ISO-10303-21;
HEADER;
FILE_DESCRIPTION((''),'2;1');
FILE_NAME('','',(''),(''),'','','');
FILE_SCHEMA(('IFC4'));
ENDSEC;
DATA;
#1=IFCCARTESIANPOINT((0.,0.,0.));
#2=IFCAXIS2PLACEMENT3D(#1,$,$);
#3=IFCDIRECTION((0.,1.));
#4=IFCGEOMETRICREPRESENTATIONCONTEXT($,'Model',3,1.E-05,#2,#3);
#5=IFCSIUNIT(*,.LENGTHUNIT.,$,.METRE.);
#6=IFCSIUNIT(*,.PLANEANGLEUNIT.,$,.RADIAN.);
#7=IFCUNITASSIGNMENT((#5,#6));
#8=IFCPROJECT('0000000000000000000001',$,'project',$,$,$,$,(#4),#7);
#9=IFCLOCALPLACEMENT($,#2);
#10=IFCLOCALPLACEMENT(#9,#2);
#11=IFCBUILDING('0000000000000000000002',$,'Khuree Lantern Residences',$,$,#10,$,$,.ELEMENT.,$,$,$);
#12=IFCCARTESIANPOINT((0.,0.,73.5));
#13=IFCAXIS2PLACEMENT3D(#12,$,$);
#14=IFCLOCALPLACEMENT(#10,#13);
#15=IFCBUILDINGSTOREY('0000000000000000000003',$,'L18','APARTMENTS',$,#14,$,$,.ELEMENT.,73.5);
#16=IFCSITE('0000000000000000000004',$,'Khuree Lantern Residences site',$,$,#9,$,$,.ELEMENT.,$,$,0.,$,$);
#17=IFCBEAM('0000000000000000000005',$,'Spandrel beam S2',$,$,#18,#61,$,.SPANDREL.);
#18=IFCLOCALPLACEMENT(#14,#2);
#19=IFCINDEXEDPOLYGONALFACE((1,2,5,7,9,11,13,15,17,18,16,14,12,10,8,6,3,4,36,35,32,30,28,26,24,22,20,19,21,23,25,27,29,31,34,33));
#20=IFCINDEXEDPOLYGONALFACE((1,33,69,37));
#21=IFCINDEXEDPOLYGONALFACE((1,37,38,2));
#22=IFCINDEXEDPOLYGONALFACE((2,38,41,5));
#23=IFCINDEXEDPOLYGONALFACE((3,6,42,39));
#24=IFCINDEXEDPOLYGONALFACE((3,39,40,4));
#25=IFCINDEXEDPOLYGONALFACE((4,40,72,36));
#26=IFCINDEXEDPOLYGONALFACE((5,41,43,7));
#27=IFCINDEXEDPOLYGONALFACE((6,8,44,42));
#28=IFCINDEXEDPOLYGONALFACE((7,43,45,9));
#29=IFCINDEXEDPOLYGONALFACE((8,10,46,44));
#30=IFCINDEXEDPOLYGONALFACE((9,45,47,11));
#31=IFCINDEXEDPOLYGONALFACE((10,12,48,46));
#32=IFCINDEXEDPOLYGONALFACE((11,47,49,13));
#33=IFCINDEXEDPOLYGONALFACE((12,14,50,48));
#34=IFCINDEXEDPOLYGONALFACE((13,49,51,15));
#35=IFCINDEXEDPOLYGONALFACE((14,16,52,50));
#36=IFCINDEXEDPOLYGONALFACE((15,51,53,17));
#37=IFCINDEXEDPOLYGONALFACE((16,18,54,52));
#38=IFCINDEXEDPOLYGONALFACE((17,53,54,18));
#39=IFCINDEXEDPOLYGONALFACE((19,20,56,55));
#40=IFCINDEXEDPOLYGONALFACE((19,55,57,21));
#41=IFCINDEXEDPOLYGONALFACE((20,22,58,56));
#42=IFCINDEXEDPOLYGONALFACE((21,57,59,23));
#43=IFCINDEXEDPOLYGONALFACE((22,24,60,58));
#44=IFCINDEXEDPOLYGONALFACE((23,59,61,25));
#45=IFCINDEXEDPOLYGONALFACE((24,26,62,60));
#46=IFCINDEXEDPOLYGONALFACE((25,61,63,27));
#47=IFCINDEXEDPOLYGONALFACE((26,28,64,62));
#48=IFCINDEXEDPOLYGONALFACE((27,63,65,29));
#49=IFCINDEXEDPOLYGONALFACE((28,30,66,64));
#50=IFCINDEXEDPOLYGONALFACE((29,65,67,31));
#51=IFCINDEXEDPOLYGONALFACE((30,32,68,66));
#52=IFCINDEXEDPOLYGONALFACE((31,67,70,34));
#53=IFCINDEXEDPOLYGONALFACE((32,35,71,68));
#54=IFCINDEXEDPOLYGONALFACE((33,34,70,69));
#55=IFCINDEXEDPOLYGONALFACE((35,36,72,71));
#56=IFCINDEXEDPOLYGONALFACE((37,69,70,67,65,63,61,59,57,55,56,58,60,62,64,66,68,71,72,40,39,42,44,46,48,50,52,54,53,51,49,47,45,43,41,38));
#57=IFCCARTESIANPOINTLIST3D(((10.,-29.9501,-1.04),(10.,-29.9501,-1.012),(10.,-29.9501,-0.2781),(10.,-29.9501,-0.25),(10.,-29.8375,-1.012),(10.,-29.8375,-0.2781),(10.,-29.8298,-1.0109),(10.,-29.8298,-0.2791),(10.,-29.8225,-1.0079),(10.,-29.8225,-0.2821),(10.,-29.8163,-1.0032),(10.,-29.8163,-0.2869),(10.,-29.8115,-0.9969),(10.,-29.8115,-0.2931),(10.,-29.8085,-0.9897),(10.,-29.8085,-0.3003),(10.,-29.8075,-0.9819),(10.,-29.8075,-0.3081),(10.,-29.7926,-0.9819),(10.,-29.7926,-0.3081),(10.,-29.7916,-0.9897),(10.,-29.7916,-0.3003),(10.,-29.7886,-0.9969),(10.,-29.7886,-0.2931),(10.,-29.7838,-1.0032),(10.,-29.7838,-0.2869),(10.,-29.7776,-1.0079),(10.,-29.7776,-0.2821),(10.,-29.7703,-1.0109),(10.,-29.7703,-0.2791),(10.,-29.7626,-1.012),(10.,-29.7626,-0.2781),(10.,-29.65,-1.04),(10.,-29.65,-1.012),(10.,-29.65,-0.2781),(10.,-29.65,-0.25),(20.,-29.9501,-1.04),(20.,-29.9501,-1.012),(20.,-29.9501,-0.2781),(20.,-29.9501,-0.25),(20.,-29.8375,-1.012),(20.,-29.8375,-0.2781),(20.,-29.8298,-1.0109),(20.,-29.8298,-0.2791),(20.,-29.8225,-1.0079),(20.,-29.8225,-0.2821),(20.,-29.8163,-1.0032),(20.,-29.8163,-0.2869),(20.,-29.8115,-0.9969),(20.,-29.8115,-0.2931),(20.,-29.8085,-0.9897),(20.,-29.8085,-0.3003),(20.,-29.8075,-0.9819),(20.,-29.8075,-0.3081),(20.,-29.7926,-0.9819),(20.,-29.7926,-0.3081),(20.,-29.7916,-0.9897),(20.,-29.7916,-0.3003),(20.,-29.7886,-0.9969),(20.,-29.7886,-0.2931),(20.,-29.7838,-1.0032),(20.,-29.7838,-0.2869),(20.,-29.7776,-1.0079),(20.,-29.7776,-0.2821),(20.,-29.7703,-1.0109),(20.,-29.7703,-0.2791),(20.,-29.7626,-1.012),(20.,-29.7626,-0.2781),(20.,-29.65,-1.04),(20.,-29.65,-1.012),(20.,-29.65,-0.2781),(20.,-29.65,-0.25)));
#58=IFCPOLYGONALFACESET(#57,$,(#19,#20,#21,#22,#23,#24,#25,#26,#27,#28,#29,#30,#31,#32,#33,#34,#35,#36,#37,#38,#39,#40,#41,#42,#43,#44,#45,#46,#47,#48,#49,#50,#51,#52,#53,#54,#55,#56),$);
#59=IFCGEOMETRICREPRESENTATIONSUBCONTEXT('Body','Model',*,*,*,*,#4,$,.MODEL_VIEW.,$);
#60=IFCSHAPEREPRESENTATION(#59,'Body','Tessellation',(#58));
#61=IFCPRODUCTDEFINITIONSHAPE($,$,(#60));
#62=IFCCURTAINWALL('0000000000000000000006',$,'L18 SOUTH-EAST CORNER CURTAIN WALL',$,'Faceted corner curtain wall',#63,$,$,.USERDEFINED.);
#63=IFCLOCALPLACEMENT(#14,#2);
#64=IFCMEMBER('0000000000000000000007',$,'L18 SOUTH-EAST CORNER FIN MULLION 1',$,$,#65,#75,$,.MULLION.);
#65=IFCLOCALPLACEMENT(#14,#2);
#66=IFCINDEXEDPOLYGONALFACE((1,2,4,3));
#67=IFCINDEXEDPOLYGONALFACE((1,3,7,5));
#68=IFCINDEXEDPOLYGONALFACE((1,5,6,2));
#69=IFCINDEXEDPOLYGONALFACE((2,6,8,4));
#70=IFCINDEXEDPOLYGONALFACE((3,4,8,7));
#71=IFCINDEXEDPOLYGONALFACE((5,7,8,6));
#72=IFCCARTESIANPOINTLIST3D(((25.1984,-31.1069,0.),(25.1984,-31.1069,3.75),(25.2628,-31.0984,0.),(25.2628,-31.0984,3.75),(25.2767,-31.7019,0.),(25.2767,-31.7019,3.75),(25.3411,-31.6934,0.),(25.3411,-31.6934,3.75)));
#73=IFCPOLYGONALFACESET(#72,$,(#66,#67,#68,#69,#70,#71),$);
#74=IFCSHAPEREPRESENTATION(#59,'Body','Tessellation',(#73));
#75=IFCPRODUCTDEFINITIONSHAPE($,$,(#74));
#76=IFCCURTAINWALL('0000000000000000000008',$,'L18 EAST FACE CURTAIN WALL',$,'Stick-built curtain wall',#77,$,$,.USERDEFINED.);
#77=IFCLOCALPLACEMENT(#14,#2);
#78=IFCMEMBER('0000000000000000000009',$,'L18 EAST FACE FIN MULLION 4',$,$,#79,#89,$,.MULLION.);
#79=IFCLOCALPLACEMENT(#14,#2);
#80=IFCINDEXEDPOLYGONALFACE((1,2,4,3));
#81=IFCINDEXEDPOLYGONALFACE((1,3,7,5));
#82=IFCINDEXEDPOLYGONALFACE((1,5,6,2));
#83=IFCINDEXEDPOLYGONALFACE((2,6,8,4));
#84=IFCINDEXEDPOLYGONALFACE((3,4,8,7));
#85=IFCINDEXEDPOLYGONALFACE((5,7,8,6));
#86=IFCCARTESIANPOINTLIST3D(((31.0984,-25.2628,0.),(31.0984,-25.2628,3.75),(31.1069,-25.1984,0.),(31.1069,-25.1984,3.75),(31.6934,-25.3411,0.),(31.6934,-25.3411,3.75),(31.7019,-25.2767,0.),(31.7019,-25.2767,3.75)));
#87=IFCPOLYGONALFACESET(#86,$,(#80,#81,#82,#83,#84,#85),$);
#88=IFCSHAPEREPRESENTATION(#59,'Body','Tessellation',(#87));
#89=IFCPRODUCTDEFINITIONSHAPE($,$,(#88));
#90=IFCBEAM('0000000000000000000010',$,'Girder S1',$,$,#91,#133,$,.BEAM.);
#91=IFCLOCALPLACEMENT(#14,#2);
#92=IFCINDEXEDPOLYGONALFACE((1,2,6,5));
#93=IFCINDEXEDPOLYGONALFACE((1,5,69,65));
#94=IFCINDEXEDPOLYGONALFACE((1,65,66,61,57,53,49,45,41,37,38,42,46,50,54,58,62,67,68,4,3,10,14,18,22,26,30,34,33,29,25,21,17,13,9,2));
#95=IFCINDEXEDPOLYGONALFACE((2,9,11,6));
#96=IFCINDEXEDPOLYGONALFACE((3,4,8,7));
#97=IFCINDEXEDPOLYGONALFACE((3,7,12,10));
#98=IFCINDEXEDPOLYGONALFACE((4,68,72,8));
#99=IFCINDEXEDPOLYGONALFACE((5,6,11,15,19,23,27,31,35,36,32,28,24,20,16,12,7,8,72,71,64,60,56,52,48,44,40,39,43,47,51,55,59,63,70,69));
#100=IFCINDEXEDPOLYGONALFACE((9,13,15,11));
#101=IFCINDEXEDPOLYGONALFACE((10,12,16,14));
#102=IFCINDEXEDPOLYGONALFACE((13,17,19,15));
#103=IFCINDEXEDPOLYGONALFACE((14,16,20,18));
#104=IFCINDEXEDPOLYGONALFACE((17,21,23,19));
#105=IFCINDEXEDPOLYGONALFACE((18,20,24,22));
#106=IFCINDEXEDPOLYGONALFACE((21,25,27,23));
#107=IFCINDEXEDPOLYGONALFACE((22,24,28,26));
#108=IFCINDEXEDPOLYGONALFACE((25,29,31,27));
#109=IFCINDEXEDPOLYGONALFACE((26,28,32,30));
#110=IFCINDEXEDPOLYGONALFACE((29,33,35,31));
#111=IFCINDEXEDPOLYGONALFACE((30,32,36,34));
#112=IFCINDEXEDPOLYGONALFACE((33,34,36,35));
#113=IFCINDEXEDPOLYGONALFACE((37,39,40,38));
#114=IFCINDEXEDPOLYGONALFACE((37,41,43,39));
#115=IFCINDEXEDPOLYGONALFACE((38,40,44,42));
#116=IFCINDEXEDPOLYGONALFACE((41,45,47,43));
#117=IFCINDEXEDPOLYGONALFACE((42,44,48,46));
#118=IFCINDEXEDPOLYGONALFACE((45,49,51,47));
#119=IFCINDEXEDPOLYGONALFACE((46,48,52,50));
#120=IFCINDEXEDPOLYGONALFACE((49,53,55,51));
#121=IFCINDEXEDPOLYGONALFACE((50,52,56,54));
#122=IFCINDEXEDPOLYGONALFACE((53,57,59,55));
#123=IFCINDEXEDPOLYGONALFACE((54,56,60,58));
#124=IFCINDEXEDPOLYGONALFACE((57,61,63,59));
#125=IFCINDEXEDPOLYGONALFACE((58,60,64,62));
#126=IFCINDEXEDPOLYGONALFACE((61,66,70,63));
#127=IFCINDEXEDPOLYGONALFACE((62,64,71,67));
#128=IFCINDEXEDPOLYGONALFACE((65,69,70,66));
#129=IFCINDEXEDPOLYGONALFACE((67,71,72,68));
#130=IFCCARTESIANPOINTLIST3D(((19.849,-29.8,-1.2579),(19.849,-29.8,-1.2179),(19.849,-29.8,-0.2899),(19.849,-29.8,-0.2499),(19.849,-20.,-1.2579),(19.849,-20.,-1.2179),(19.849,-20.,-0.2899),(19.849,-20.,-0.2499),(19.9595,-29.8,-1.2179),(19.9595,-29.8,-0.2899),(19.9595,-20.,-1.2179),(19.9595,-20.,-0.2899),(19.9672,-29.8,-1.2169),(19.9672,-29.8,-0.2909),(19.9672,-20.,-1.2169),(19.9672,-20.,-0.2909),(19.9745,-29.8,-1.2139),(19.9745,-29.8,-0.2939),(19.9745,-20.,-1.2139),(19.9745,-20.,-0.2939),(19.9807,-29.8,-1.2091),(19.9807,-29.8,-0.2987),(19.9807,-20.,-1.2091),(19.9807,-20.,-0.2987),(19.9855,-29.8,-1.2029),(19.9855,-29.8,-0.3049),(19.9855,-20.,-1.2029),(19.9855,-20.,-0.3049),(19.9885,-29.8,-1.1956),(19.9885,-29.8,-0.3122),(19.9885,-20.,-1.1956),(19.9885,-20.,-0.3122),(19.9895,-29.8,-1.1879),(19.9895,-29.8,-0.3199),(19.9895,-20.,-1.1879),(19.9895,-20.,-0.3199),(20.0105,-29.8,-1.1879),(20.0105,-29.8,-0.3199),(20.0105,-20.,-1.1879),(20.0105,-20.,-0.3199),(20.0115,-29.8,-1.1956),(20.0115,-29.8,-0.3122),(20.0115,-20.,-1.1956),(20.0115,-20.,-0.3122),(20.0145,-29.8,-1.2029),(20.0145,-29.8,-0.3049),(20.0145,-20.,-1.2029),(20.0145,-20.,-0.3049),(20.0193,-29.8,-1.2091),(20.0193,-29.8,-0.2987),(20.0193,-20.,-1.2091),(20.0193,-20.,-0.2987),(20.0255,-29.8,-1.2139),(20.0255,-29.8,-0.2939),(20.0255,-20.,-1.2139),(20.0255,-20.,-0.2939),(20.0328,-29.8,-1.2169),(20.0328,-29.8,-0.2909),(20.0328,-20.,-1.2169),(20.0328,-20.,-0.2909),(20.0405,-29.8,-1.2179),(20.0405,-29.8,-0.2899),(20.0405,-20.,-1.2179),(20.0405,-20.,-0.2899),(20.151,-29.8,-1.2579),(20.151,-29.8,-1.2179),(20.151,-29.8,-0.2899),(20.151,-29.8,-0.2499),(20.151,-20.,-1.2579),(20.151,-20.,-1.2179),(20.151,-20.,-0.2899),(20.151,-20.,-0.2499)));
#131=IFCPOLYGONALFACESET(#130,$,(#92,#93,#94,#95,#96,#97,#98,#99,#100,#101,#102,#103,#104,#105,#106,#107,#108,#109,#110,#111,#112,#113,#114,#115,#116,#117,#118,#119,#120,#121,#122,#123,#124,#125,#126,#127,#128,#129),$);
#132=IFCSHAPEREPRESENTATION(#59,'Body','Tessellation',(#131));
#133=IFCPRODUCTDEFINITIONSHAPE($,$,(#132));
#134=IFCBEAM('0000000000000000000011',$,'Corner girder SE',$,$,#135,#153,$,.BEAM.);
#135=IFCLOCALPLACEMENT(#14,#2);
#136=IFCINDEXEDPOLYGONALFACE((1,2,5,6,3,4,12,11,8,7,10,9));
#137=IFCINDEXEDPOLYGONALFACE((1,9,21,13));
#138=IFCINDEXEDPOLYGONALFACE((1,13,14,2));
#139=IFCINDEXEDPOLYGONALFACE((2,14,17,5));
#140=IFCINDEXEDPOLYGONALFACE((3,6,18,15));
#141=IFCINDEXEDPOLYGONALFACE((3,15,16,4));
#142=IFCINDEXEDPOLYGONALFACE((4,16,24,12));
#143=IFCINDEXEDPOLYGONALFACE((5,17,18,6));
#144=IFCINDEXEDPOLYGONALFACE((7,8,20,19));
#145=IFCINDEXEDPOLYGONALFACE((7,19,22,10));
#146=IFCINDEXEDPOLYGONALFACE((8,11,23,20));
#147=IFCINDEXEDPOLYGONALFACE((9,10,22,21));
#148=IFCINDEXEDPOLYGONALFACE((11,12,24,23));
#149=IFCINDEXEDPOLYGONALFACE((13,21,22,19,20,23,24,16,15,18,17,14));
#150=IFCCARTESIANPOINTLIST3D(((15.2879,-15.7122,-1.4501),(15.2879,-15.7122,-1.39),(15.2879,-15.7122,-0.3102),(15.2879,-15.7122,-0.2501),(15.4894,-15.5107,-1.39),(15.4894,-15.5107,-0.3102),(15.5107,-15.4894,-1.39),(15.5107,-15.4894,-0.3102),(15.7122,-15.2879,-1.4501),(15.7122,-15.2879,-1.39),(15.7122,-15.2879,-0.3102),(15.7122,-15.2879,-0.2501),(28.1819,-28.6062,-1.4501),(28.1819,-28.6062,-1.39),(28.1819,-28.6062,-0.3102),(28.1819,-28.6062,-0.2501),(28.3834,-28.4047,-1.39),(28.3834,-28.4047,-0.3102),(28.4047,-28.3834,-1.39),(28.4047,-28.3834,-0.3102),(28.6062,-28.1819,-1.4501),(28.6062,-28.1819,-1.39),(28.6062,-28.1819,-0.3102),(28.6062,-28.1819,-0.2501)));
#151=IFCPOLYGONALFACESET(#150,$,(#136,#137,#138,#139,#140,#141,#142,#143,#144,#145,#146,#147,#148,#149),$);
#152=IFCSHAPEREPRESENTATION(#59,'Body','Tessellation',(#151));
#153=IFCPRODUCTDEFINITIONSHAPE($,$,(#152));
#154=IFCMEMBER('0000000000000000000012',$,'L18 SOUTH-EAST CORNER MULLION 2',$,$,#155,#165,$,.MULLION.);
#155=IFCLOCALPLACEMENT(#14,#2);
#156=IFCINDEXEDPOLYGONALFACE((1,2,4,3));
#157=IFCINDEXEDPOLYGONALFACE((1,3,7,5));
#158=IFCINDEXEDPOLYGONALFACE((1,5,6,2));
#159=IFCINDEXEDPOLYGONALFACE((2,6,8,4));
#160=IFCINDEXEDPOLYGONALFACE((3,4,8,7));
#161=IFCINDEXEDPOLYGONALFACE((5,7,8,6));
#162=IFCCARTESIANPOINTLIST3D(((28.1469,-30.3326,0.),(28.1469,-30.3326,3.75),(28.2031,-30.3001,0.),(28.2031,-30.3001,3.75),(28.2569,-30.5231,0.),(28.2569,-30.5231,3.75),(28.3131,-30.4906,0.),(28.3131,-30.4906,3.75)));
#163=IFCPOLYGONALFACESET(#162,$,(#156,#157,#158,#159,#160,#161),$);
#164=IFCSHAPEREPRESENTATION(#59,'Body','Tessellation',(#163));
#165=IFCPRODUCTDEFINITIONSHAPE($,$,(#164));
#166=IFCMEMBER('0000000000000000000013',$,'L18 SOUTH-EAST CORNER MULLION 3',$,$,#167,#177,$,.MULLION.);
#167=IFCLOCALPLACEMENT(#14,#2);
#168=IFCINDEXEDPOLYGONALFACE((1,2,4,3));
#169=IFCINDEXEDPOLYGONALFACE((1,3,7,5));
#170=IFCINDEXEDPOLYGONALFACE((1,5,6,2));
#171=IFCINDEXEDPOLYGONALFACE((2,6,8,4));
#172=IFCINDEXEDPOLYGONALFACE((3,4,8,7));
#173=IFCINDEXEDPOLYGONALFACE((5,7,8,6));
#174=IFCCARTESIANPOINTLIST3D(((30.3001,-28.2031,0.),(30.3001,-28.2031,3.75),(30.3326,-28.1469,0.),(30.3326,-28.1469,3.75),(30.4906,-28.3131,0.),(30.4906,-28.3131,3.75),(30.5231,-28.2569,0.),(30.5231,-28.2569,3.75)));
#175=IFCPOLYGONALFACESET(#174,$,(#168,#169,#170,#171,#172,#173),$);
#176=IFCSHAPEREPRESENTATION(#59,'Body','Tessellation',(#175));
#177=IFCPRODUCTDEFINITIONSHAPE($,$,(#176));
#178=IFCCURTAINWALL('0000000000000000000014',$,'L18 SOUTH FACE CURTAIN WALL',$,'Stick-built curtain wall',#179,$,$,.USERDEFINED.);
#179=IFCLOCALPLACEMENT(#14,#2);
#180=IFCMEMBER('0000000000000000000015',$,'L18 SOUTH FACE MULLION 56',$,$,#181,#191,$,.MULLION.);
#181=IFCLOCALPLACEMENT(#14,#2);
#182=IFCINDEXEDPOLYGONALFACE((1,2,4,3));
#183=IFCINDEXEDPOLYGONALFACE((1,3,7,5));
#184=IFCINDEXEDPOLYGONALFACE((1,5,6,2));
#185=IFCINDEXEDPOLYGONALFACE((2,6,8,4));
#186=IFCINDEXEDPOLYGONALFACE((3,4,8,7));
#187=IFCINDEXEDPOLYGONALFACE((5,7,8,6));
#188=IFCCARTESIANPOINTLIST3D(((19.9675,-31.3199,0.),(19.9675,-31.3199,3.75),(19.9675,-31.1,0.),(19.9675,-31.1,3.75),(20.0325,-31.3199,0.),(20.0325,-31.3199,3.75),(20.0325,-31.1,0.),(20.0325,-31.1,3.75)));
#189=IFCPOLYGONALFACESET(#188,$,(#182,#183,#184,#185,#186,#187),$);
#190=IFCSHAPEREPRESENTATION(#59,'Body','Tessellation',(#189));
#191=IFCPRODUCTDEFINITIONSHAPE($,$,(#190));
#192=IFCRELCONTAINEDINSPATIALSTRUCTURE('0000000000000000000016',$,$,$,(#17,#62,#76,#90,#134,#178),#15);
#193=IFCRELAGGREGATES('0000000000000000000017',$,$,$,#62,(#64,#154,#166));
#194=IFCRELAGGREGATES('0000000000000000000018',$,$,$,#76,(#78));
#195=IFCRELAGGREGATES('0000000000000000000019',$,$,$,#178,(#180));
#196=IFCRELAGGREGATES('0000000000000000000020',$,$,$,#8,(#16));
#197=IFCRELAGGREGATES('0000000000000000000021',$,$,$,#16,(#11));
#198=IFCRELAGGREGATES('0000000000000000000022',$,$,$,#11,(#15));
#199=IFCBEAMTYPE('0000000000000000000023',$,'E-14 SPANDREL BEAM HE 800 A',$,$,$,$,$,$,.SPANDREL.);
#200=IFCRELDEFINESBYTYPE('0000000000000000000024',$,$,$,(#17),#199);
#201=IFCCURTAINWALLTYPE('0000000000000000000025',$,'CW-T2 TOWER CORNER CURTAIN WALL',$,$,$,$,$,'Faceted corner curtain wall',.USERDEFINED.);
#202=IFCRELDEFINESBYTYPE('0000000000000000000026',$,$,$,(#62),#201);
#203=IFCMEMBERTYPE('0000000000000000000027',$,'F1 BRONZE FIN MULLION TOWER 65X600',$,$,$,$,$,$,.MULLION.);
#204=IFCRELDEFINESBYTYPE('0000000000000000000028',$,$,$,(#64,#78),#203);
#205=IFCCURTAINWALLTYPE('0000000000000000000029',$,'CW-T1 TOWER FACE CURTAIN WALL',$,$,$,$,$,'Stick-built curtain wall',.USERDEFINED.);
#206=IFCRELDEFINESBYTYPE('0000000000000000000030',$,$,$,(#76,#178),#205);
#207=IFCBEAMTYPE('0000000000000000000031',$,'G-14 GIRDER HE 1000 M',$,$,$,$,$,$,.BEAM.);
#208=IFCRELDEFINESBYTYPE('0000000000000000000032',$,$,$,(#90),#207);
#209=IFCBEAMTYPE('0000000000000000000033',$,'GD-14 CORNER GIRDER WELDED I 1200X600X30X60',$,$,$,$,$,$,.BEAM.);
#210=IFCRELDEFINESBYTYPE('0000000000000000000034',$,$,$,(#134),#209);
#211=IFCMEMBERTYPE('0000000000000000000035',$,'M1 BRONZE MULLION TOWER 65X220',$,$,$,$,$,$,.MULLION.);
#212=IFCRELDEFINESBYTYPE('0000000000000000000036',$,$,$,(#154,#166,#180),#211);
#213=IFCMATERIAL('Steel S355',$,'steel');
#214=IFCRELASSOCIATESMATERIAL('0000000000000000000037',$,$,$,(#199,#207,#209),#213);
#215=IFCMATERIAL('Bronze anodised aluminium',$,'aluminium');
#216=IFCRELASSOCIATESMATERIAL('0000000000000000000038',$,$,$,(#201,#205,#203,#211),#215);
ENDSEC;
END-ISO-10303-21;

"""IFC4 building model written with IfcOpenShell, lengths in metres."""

from ifc_helpers import new_model, si_unit, direction, frame, origin, origin_2d, place, context, subcontext, project, spatial, rectangle, i_section, extrude, material, material_profile, profile_set, type_object, element, aggregate, save


model = new_model("IFC4")

# Units and contexts
model_context = context("Model", 3, precision=1e-05, world=origin(), true_north=direction((0.0, 1.0)))
body_context = subcontext(model_context, "Body", "Model", "MODEL_VIEW")
ifc_project = project(units=[si_unit("LENGTHUNIT", "METRE"), si_unit("PLANEANGLEUNIT", "RADIAN")], contexts=[model_context])

# Site, building, storey
site_placement = place(None, origin())
site = spatial("IfcSite", under=ifc_project, at=site_placement, Name="Khuree Lantern Residences site", CompositionType="ELEMENT", RefElevation=0.0)
building_placement = place(site_placement, origin())
building = spatial("IfcBuilding", under=site, at=building_placement, Name="Khuree Lantern Residences", CompositionType="ELEMENT")
storey_placement = place(building_placement, frame((0.0, 0.0, 73.5)))
storey = spatial("IfcBuildingStorey", under=building, at=storey_placement, Name="L18", Description="APARTMENTS", CompositionType="ELEMENT", Elevation=73.5)

# Beam
ifc_material_1 = material(Name="Steel S355", Category="steel")
ifc_material_profile_1 = material_profile(ifc_material_1, i_section(OverallWidth=0.3, OverallDepth=0.79, WebThickness=0.0149, FlangeThickness=0.0281, FilletRadius=0.03, at=origin_2d()), Name="HE 800 A")
ifc_profile_set_1 = profile_set([ifc_material_profile_1], Name="Steel S355")
beam_type_1 = type_object("IfcBeamType", Name="E-14 SPANDREL BEAM HE 800 A", PredefinedType="SPANDREL", material=ifc_profile_set_1)
beam_1_placement = place(storey_placement, frame((20.0, -29.8, -0.645), z_axis=(-1.0, 0.0, 0.0), x_axis=(0.0, -1.0, 0.0)))
element("IfcBeam", 1, at=beam_1_placement, inside=storey, type_object=beam_type_1, Name="Spandrel beam S2", PredefinedType="SPANDREL", context=body_context, shape_type="SweptSolid", body=[
    extrude(i_section(OverallWidth=0.3, OverallDepth=0.79, WebThickness=0.0149, FlangeThickness=0.0281, FilletRadius=0.03, at=origin_2d()), origin(), (0.0, 0.0, 1.0), 10.0),
])

# Curtain walls, members
ifc_material_2 = material(Name="Bronze anodised aluminium", Category="aluminium")
curtain_wall_type_1 = type_object("IfcCurtainWallType", Name="CW-T2 TOWER CORNER CURTAIN WALL", ElementType="Faceted corner curtain wall", PredefinedType="USERDEFINED", material=ifc_material_2)
curtain_wall_1_placement = place(storey_placement, origin())
curtain_wall_1 = element("IfcCurtainWall", 2, at=curtain_wall_1_placement, inside=storey, type_object=curtain_wall_type_1, Name="L18 SOUTH-EAST CORNER CURTAIN WALL", ObjectType="Faceted corner curtain wall", PredefinedType="USERDEFINED")
ifc_material_profile_2 = material_profile(ifc_material_2, rectangle(XDim=0.0649, YDim=0.6001, at=origin_2d()), Name="F1 65X600")
ifc_profile_set_2 = profile_set([ifc_material_profile_2], Name="Bronze anodised aluminium")
member_type_1 = type_object("IfcMemberType", Name="F1 BRONZE FIN MULLION TOWER 65X600", PredefinedType="MULLION", material=ifc_profile_set_2)
member_1_placement = place(storey_placement, frame((25.2698, -31.4001, 0.0), z_axis=(0.0, 0.0, 1.0), x_axis=(0.991445, 0.130526, 0.0)))
member_1 = element("IfcMember", 3, at=member_1_placement, type_object=member_type_1, Name="L18 SOUTH-EAST CORNER FIN MULLION 1", PredefinedType="MULLION", context=body_context, shape_type="SweptSolid", body=[
    extrude(rectangle(XDim=0.0649, YDim=0.6001, at=origin_2d()), origin(), (0.0, 0.0, 1.0), 3.75),
])
curtain_wall_type_2 = type_object("IfcCurtainWallType", Name="CW-T1 TOWER FACE CURTAIN WALL", ElementType="Stick-built curtain wall", PredefinedType="USERDEFINED", material=ifc_material_2)
curtain_wall_2_placement = place(storey_placement, origin())
curtain_wall_2 = element("IfcCurtainWall", 4, at=curtain_wall_2_placement, inside=storey, type_object=curtain_wall_type_2, Name="L18 EAST FACE CURTAIN WALL", ObjectType="Stick-built curtain wall", PredefinedType="USERDEFINED")
member_2_placement = place(storey_placement, frame((31.4001, -25.2698, 0.0), z_axis=(0.0, 0.0, 1.0), x_axis=(0.130526, 0.991445, 0.0)))
member_2 = element("IfcMember", 5, at=member_2_placement, type_object=member_type_1, Name="L18 EAST FACE FIN MULLION 4", PredefinedType="MULLION", context=body_context, shape_type="SweptSolid", body=[
    extrude(rectangle(XDim=0.0649, YDim=0.6001, at=origin_2d()), origin(), (0.0, 0.0, 1.0), 3.75),
])

# Beams
ifc_material_profile_3 = material_profile(ifc_material_1, i_section(OverallWidth=0.302, OverallDepth=1.0081, WebThickness=0.021, FlangeThickness=0.04, FilletRadius=0.03, at=origin_2d()), Name="HE 1000 M")
ifc_profile_set_3 = profile_set([ifc_material_profile_3], Name="Steel S355")
beam_type_2 = type_object("IfcBeamType", Name="G-14 GIRDER HE 1000 M", PredefinedType="BEAM", material=ifc_profile_set_3)
beam_2_placement = place(storey_placement, frame((20.0, -29.8, -0.7539), z_axis=(0.0, 1.0, 0.0), x_axis=(-1.0, 0.0, 0.0)))
element("IfcBeam", 6, at=beam_2_placement, inside=storey, type_object=beam_type_2, Name="Girder S1", PredefinedType="BEAM", context=body_context, shape_type="SweptSolid", body=[
    extrude(i_section(OverallWidth=0.302, OverallDepth=1.0081, WebThickness=0.021, FlangeThickness=0.04, FilletRadius=0.03, at=origin_2d()), origin(), (0.0, 0.0, 1.0), 9.8),
])
ifc_material_profile_4 = material_profile(ifc_material_1, i_section(OverallWidth=0.6001, OverallDepth=1.2, WebThickness=0.03, FlangeThickness=0.0601, at=origin_2d()), Name="WELDED I 1200X600X30X60")
ifc_profile_set_4 = profile_set([ifc_material_profile_4], Name="Steel S355")
beam_type_3 = type_object("IfcBeamType", Name="GD-14 CORNER GIRDER WELDED I 1200X600X30X60", PredefinedType="BEAM", material=ifc_profile_set_4)
beam_3_placement = place(storey_placement, frame((28.394, -28.394, -0.8501), z_axis=(-0.707107, 0.707107, 0.0), x_axis=(-0.707107, -0.707107, 0.0)))
element("IfcBeam", 7, at=beam_3_placement, inside=storey, type_object=beam_type_3, Name="Corner girder SE", PredefinedType="BEAM", context=body_context, shape_type="SweptSolid", body=[
    extrude(i_section(OverallWidth=0.6001, OverallDepth=1.2, WebThickness=0.03, FlangeThickness=0.0601, at=origin_2d()), origin(), (0.0, 0.0, 1.0), 18.2349),
])

# Members
ifc_material_profile_5 = material_profile(ifc_material_2, rectangle(XDim=0.0649, YDim=0.22, at=origin_2d()), Name="M1 65X220")
ifc_profile_set_5 = profile_set([ifc_material_profile_5], Name="Bronze anodised aluminium")
member_type_2 = type_object("IfcMemberType", Name="M1 BRONZE MULLION TOWER 65X220", PredefinedType="MULLION", material=ifc_profile_set_5)
member_3_placement = place(storey_placement, frame((28.23, -30.4116, 0.0), z_axis=(0.0, 0.0, 1.0), x_axis=(0.866025, 0.5, 0.0)))
member_3 = element("IfcMember", 8, at=member_3_placement, type_object=member_type_2, Name="L18 SOUTH-EAST CORNER MULLION 2", PredefinedType="MULLION", context=body_context, shape_type="SweptSolid", body=[
    extrude(rectangle(XDim=0.0649, YDim=0.22, at=origin_2d()), origin(), (0.0, 0.0, 1.0), 3.75),
])
member_4_placement = place(storey_placement, frame((30.4116, -28.23, 0.0), z_axis=(0.0, 0.0, 1.0), x_axis=(0.5, 0.866025, 0.0)))
member_4 = element("IfcMember", 9, at=member_4_placement, type_object=member_type_2, Name="L18 SOUTH-EAST CORNER MULLION 3", PredefinedType="MULLION", context=body_context, shape_type="SweptSolid", body=[
    extrude(rectangle(XDim=0.0649, YDim=0.22, at=origin_2d()), origin(), (0.0, 0.0, 1.0), 3.75),
])

# Curtain wall, member
curtain_wall_3_placement = place(storey_placement, origin())
curtain_wall_3 = element("IfcCurtainWall", 10, at=curtain_wall_3_placement, inside=storey, type_object=curtain_wall_type_2, Name="L18 SOUTH FACE CURTAIN WALL", ObjectType="Stick-built curtain wall", PredefinedType="USERDEFINED")
member_5_placement = place(storey_placement, frame((20.0, -31.21, 0.0), z_axis=(0.0, 0.0, 1.0), x_axis=(1.0, 0.0, 0.0)))
member_5 = element("IfcMember", 11, at=member_5_placement, type_object=member_type_2, Name="L18 SOUTH FACE MULLION 56", PredefinedType="MULLION", context=body_context, shape_type="SweptSolid", body=[
    extrude(rectangle(XDim=0.0649, YDim=0.22, at=origin_2d()), origin(), (0.0, 0.0, 1.0), 3.75),
])

aggregate(curtain_wall_1, [member_1, member_3, member_4])
aggregate(curtain_wall_2, [member_2])
aggregate(curtain_wall_3, [member_5])

save(model, "model.ifc")
